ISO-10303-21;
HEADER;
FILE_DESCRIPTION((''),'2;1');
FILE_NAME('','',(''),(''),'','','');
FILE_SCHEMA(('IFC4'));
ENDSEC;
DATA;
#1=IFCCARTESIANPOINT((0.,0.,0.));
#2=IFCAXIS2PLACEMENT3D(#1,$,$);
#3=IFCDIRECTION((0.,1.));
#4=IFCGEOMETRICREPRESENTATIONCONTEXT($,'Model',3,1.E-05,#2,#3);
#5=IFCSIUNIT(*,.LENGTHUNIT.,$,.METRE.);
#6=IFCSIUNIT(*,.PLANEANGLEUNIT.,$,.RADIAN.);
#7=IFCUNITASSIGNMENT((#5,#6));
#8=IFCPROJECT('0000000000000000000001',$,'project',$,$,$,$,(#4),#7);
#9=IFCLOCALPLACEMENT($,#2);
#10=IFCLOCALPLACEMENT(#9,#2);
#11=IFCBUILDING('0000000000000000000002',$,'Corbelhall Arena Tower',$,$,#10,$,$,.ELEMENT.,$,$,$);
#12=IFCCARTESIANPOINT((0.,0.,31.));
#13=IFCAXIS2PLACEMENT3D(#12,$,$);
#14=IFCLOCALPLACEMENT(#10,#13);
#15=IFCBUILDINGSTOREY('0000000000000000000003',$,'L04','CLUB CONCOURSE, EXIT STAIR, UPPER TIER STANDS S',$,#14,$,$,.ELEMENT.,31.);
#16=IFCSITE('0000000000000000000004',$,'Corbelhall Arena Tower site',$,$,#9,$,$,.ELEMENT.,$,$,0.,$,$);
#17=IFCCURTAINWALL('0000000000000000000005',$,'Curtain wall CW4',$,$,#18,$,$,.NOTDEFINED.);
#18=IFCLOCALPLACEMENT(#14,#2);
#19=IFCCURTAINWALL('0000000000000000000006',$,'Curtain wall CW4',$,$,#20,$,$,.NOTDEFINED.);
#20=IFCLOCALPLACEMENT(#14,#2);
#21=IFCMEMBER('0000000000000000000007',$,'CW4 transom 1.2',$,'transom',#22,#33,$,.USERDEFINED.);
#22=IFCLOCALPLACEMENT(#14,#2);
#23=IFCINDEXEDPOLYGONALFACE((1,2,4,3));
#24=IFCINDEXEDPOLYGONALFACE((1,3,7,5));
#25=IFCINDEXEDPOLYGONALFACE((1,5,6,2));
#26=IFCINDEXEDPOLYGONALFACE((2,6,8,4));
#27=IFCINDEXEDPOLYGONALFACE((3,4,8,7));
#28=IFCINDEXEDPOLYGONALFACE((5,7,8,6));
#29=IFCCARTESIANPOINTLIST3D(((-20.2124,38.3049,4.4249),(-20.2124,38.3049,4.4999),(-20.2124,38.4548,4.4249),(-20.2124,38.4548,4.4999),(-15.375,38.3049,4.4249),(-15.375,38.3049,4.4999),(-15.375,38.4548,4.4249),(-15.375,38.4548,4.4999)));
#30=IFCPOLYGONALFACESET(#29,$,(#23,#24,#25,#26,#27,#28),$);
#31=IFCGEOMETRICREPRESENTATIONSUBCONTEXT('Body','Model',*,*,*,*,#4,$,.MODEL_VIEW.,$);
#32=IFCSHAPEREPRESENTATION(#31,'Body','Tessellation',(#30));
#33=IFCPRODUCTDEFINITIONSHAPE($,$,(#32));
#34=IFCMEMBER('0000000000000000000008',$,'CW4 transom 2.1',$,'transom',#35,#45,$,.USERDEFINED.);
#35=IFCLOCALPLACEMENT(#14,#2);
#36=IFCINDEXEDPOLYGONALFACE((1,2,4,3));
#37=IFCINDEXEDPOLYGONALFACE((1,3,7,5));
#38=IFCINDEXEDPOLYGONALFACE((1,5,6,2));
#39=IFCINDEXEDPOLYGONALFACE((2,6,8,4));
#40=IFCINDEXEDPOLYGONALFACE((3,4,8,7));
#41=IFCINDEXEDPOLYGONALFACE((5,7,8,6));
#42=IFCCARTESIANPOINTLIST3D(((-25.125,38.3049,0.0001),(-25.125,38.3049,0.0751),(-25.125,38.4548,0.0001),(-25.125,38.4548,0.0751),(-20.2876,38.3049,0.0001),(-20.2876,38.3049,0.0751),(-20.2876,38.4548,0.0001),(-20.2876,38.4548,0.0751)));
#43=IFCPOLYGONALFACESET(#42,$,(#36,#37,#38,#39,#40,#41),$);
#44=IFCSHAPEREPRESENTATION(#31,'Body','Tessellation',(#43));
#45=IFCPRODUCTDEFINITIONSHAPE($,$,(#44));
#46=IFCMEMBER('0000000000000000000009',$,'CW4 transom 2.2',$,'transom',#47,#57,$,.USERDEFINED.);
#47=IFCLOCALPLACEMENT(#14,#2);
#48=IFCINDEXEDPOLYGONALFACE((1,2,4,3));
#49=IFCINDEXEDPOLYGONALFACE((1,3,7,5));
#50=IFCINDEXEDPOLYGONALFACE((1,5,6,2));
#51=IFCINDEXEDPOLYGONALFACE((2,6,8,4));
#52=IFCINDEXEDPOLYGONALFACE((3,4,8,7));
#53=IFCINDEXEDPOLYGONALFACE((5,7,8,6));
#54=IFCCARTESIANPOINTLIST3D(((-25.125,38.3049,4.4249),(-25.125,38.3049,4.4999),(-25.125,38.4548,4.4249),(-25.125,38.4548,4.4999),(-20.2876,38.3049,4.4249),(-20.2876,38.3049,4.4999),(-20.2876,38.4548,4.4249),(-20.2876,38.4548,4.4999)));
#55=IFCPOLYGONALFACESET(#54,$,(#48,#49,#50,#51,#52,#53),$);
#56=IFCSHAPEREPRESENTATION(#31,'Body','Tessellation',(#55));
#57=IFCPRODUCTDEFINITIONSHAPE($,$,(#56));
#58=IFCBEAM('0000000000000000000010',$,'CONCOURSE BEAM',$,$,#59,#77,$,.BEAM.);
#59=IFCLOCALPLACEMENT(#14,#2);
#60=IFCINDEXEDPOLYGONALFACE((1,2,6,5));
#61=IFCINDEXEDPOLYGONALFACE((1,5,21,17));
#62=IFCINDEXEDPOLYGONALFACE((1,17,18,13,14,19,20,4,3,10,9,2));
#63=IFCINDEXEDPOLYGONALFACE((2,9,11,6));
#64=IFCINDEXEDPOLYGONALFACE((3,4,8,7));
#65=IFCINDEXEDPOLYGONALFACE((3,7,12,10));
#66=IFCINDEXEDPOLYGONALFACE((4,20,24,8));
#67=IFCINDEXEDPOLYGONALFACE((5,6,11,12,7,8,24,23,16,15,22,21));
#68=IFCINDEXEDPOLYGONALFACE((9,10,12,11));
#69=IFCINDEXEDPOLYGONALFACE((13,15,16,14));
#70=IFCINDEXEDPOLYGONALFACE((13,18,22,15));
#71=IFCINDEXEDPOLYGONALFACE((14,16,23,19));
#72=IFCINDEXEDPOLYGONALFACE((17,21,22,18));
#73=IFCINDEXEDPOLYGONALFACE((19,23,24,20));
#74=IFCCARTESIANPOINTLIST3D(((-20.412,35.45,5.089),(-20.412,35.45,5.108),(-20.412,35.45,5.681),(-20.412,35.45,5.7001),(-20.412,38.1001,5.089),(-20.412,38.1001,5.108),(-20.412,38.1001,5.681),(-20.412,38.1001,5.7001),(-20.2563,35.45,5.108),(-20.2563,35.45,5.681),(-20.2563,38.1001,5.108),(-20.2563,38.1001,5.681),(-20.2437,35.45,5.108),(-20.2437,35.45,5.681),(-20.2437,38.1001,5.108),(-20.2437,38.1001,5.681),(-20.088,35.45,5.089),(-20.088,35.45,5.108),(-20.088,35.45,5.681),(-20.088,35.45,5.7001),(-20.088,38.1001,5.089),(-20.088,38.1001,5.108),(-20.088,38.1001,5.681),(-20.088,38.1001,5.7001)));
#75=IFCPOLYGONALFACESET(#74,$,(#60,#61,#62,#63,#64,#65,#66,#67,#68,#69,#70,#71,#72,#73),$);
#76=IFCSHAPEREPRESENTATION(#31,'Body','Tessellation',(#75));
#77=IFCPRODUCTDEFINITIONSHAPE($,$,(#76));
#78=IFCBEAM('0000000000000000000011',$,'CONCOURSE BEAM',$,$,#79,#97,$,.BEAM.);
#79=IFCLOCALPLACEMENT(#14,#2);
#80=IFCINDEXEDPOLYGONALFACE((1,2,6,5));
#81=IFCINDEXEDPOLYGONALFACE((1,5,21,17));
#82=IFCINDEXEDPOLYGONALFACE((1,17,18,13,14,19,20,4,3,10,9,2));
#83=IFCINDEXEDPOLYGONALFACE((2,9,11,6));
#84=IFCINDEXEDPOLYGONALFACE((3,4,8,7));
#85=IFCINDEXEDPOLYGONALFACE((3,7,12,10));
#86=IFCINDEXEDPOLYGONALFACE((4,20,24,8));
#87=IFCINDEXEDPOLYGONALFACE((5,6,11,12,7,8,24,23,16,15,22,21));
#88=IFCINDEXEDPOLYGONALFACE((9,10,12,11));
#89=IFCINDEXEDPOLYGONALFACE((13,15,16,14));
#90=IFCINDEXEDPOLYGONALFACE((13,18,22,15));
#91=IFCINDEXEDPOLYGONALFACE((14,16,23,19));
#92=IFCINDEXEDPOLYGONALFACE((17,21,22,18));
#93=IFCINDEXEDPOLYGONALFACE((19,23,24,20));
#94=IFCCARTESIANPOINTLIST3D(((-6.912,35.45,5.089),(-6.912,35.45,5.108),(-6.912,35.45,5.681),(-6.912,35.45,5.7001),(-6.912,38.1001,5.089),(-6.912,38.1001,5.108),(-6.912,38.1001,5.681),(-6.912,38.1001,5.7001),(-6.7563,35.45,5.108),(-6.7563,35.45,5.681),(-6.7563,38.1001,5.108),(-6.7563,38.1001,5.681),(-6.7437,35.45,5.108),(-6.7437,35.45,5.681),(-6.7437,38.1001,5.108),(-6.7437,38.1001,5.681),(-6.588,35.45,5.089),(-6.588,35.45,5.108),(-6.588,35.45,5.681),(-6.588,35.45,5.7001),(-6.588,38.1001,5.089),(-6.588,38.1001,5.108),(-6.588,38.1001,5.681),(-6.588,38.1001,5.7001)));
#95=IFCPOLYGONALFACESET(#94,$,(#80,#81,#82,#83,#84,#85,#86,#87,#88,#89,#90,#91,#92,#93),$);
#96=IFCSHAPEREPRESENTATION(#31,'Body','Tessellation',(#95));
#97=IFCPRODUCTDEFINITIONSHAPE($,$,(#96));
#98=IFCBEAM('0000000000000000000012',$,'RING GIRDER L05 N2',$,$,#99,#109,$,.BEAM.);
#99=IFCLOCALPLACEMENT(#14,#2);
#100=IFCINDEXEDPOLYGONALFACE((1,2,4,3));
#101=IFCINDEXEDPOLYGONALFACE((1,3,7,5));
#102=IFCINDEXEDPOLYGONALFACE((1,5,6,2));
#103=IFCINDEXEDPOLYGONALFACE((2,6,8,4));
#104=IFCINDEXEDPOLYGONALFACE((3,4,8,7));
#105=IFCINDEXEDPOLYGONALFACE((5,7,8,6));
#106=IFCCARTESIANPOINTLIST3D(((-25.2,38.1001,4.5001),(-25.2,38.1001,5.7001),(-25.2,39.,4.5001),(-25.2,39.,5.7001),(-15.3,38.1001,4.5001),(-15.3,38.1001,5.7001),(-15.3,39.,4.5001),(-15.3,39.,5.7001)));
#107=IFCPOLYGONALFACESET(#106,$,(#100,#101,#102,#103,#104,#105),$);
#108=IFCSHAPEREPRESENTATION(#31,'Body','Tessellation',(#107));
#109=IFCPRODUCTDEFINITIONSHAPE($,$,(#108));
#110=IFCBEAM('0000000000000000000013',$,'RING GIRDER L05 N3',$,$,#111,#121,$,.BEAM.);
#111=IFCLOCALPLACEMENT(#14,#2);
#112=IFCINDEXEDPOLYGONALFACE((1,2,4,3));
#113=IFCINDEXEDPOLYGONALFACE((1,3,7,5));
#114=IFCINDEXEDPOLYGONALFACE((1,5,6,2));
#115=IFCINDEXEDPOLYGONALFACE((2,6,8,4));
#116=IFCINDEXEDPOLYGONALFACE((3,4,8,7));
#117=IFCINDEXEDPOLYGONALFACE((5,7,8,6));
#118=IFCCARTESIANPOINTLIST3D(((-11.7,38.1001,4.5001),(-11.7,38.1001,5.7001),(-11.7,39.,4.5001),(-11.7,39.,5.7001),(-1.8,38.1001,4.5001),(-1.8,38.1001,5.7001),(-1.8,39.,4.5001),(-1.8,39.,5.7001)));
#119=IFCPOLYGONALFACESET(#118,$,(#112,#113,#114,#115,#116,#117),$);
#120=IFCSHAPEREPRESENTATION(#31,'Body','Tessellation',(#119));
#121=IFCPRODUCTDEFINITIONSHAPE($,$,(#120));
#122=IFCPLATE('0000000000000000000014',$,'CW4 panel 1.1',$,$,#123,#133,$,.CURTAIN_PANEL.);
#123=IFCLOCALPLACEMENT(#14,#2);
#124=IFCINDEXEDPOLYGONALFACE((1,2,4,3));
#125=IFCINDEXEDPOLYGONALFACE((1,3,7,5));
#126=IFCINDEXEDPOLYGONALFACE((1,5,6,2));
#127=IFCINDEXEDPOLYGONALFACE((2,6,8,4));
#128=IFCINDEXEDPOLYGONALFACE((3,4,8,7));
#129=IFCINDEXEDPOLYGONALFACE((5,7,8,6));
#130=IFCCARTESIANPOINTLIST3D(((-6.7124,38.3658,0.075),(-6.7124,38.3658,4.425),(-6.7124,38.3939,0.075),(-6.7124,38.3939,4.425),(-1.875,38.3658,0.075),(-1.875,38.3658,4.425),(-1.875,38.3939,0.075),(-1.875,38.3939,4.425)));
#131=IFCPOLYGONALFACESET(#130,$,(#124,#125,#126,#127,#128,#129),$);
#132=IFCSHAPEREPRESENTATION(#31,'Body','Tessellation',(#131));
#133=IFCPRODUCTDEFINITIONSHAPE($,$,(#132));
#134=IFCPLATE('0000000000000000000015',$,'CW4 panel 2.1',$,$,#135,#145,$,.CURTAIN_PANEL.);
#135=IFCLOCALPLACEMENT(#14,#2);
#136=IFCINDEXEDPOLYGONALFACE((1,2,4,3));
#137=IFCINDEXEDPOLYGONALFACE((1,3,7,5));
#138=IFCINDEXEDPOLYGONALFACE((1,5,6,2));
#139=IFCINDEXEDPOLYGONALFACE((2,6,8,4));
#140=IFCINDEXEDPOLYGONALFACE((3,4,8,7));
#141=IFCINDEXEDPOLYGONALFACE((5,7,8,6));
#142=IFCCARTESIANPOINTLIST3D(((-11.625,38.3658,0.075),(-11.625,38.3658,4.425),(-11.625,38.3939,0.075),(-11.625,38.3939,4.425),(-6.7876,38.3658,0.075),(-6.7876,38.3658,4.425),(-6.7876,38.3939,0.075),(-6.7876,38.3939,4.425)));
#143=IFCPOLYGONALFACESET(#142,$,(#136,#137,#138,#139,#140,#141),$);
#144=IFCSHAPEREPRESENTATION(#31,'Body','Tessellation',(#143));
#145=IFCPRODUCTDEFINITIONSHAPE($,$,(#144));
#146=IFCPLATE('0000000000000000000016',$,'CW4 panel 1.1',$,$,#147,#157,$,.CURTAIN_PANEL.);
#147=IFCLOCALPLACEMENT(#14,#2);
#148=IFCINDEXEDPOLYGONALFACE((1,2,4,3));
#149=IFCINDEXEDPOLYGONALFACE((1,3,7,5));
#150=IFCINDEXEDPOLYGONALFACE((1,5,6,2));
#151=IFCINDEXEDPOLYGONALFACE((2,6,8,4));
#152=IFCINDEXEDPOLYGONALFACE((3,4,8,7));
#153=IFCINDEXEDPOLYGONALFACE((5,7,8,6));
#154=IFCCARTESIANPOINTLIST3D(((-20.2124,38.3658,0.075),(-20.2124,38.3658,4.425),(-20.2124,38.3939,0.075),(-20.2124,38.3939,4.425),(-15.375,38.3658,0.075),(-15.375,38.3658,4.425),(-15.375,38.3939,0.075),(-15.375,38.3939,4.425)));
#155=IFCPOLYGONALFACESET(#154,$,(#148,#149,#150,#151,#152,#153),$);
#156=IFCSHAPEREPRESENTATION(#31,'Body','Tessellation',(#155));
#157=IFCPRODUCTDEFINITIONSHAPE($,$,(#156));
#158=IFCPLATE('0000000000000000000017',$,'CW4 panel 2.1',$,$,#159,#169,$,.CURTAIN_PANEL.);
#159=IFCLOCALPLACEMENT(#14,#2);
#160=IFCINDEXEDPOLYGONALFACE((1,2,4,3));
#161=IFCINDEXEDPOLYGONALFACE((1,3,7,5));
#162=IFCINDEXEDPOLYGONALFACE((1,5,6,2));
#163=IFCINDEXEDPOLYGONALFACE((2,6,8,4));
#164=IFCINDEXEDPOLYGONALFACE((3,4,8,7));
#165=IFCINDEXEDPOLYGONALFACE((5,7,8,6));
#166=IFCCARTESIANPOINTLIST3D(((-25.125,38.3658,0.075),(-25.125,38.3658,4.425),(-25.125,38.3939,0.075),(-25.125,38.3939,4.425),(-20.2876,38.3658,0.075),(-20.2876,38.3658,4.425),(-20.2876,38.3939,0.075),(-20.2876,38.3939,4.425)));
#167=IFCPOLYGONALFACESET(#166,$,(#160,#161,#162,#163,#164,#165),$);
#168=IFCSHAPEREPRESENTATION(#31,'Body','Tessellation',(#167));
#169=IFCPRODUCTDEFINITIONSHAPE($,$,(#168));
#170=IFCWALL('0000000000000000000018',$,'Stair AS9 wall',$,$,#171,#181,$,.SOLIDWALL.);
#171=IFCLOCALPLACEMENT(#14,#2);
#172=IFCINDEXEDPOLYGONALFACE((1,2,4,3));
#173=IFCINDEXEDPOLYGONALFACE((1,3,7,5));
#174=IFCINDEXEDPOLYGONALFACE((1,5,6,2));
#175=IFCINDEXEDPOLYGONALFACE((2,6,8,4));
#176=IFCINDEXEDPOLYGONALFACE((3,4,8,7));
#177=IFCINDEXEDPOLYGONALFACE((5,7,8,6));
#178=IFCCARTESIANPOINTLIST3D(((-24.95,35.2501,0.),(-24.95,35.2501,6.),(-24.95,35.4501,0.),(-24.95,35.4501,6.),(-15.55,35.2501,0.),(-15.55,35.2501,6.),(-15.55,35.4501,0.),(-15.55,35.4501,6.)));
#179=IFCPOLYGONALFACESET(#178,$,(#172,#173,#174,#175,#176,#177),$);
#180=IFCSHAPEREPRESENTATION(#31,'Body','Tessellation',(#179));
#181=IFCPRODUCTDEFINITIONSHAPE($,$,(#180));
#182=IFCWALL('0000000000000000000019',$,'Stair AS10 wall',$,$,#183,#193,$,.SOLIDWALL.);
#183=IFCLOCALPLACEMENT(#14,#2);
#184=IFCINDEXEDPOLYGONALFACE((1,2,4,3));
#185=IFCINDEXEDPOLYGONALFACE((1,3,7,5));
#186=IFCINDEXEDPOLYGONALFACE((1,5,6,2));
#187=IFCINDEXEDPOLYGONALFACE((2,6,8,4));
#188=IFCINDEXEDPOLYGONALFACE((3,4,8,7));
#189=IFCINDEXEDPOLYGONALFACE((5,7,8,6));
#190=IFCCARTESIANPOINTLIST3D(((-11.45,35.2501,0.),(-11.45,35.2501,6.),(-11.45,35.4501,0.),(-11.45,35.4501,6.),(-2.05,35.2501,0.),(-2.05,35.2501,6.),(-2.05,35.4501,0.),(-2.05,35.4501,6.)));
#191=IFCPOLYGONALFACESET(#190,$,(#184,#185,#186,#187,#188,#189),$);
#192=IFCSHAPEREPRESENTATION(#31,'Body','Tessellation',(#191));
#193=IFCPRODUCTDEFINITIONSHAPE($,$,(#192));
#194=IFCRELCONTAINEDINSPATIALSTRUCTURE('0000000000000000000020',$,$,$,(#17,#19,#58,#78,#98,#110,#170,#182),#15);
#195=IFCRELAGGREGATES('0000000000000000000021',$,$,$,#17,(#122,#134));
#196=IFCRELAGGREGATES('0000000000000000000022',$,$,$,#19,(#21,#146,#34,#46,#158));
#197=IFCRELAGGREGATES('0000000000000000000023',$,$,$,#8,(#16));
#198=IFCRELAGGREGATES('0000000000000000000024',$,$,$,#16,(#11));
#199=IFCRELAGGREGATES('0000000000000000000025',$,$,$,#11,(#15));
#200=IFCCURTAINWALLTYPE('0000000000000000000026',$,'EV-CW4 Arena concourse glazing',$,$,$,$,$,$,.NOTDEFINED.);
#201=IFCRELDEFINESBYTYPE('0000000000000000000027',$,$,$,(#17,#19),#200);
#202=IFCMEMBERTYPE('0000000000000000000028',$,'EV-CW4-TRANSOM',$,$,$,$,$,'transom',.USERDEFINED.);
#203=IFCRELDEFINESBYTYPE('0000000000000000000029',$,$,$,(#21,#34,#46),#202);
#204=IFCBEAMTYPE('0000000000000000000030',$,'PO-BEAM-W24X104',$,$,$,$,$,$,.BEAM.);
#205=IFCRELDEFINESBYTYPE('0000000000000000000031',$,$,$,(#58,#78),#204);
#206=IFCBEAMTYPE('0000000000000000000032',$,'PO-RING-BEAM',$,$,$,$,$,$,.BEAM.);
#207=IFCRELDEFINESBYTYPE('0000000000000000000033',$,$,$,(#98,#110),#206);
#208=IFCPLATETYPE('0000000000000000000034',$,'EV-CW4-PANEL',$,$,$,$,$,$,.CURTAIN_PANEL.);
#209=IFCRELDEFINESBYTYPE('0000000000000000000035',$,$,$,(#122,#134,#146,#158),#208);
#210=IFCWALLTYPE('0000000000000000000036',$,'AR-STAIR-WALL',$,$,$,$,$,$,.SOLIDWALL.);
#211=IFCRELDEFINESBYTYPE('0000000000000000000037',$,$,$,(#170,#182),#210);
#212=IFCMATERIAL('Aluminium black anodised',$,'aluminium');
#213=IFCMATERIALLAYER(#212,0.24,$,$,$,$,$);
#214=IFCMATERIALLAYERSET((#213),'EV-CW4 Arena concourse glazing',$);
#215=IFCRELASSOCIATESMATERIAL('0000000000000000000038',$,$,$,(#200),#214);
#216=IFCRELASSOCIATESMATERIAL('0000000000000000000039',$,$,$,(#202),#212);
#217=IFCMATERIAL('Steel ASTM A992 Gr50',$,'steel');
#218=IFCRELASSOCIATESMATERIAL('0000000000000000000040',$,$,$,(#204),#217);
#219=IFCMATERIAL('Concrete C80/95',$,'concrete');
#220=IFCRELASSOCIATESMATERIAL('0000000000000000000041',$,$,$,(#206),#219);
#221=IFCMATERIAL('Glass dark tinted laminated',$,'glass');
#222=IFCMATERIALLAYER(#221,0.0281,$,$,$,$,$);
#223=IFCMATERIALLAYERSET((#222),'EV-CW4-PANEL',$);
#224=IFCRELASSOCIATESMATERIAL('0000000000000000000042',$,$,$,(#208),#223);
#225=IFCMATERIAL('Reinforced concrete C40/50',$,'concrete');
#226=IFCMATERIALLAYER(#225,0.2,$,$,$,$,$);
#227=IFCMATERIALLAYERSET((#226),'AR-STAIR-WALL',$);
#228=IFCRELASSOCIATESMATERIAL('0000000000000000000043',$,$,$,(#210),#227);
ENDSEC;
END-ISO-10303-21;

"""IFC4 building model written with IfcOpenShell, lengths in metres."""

from ifc_helpers import new_model, si_unit, direction, frame, frame_2d, origin, origin_2d, place, context, subcontext, project, spatial, rectangle, i_section, extrude, material, layer, layer_set, material_profile, profile_set, type_object, element, aggregate, save


model = new_model("IFC4")

# Units and contexts
model_context = context("Model", 3, precision=1e-05, world=origin(), true_north=direction((0.0, 1.0)))
body_context = subcontext(model_context, "Body", "Model", "MODEL_VIEW")
ifc_project = project(units=[si_unit("LENGTHUNIT", "METRE"), si_unit("PLANEANGLEUNIT", "RADIAN")], contexts=[model_context])

# Site, building, storey
site_placement = place(None, origin())
site = spatial("IfcSite", under=ifc_project, at=site_placement, Name="Corbelhall Arena Tower site", CompositionType="ELEMENT", RefElevation=0.0)
building_placement = place(site_placement, origin())
building = spatial("IfcBuilding", under=site, at=building_placement, Name="Corbelhall Arena Tower", CompositionType="ELEMENT")
storey_placement = place(building_placement, frame((0.0, 0.0, 31.0)))
storey = spatial("IfcBuildingStorey", under=building, at=storey_placement, Name="L04", Description="CLUB CONCOURSE, EXIT STAIR, UPPER TIER STANDS S", CompositionType="ELEMENT", Elevation=31.0)

# Shared definitions
ifc_material_1 = material(Name="Concrete C80/95", Category="concrete")

# Curtain walls
ifc_material_2 = material(Name="Aluminium black anodised", Category="aluminium")
ifc_layer_1 = layer(ifc_material_2, 0.24)
ifc_layer_set_1 = layer_set([ifc_layer_1], Name="EV-CW4 Arena concourse glazing")
curtain_wall_type = type_object("IfcCurtainWallType", Name="EV-CW4 Arena concourse glazing", PredefinedType="NOTDEFINED", material=ifc_layer_set_1)
curtain_wall_1_placement = place(storey_placement, origin())
curtain_wall_1 = element("IfcCurtainWall", 1, at=curtain_wall_1_placement, inside=storey, type_object=curtain_wall_type, Name="Curtain wall CW4", PredefinedType="NOTDEFINED")
curtain_wall_2_placement = place(storey_placement, origin())
curtain_wall_2 = element("IfcCurtainWall", 2, at=curtain_wall_2_placement, inside=storey, type_object=curtain_wall_type, Name="Curtain wall CW4", PredefinedType="NOTDEFINED")

# Members
ifc_material_profile_1 = material_profile(ifc_material_2, rectangle(XDim=0.1499, YDim=0.075, at=origin_2d()))
ifc_profile_set_1 = profile_set([ifc_material_profile_1], Name="Aluminium black anodised")
member_type_1 = type_object("IfcMemberType", Name="EV-CW4-TRANSOM", ElementType="transom", PredefinedType="USERDEFINED", material=ifc_profile_set_1)
member_1_placement = place(storey_placement, frame((-15.375, 38.3799, 4.4624), z_axis=(-1.0, 0.0, 0.0), x_axis=(0.0, -1.0, 0.0)))
member_1 = element("IfcMember", 3, at=member_1_placement, type_object=member_type_1, Name="CW4 transom 1.2", ObjectType="transom", PredefinedType="USERDEFINED", context=body_context, shape_type="SweptSolid", body=[
    extrude(rectangle(XDim=0.1499, YDim=0.075, at=origin_2d()), origin(), (0.0, 0.0, 1.0), 4.8374),
])
member_2_placement = place(storey_placement, frame((-20.2876, 38.3799, 0.0376), z_axis=(-1.0, 0.0, 0.0), x_axis=(0.0, -1.0, 0.0)))
member_2 = element("IfcMember", 4, at=member_2_placement, type_object=member_type_1, Name="CW4 transom 2.1", ObjectType="transom", PredefinedType="USERDEFINED", context=body_context, shape_type="SweptSolid", body=[
    extrude(rectangle(XDim=0.1499, YDim=0.075, at=origin_2d()), origin(), (0.0, 0.0, 1.0), 4.8374),
])
member_3_placement = place(storey_placement, frame((-20.2876, 38.3799, 4.4624), z_axis=(-1.0, 0.0, 0.0), x_axis=(0.0, -1.0, 0.0)))
member_3 = element("IfcMember", 5, at=member_3_placement, type_object=member_type_1, Name="CW4 transom 2.2", ObjectType="transom", PredefinedType="USERDEFINED", context=body_context, shape_type="SweptSolid", body=[
    extrude(rectangle(XDim=0.1499, YDim=0.075, at=origin_2d()), origin(), (0.0, 0.0, 1.0), 4.8374),
])

# Beams
ifc_material_3 = material(Name="Steel ASTM A992 Gr50", Category="steel")
ifc_material_profile_2 = material_profile(ifc_material_3, i_section(OverallWidth=0.324, OverallDepth=0.6111, WebThickness=0.0127, FlangeThickness=0.019, at=origin_2d()))
ifc_profile_set_2 = profile_set([ifc_material_profile_2], Name="Steel ASTM A992 Gr50")
beam_type_1 = type_object("IfcBeamType", Name="PO-BEAM-W24X104", PredefinedType="BEAM", material=ifc_profile_set_2)
for number, where, z_axis, x_axis, name in (
    (6, (-20.25, 35.45, 5.3945), (0.0, 1.0, 0.0), (-1.0, 0.0, 0.0), "CONCOURSE BEAM"),
    (7, (-6.75, 35.45, 5.3945), (0.0, 1.0, 0.0), (-1.0, 0.0, 0.0), "CONCOURSE BEAM"),
):
    element("IfcBeam", number, at=place(storey_placement, frame(where, z_axis=z_axis, x_axis=x_axis)), inside=storey, type_object=beam_type_1, Name=name, PredefinedType="BEAM", context=body_context, shape_type="SweptSolid", body=[
        extrude(i_section(OverallWidth=0.324, OverallDepth=0.6111, WebThickness=0.0127, FlangeThickness=0.019, at=origin_2d()), origin(), (0.0, 0.0, 1.0), 2.6501),
    ])
ifc_material_profile_3 = material_profile(ifc_material_1, rectangle(XDim=0.8999, YDim=1.2, at=origin_2d()))
ifc_profile_set_3 = profile_set([ifc_material_profile_3], Name="Concrete C80/95")
beam_type_2 = type_object("IfcBeamType", Name="PO-RING-BEAM", PredefinedType="BEAM", material=ifc_profile_set_3)
for number, where, z_axis, x_axis, name in (
    (8, (-25.2, 38.55, 5.1001), (1.0, 0.0, 0.0), (0.0, 1.0, 0.0), "RING GIRDER L05 N2"),
    (9, (-11.7, 38.55, 5.1001), (1.0, 0.0, 0.0), (0.0, 1.0, 0.0), "RING GIRDER L05 N3"),
):
    element("IfcBeam", number, at=place(storey_placement, frame(where, z_axis=z_axis, x_axis=x_axis)), inside=storey, type_object=beam_type_2, Name=name, PredefinedType="BEAM", context=body_context, shape_type="SweptSolid", body=[
        extrude(rectangle(XDim=0.8999, YDim=1.2, at=origin_2d()), origin(), (0.0, 0.0, 1.0), 9.8999),
    ])

# Plates
ifc_material_4 = material(Name="Glass dark tinted laminated", Category="glass")
ifc_layer_2 = layer(ifc_material_4, 0.0281)
ifc_layer_set_2 = layer_set([ifc_layer_2], Name="EV-CW4-PANEL")
plate_type = type_object("IfcPlateType", Name="EV-CW4-PANEL", PredefinedType="CURTAIN_PANEL", material=ifc_layer_set_2)
plate_1_placement = place(storey_placement, frame((-4.2937, 38.3799, 0.075), z_axis=(0.0, 0.0, 1.0), x_axis=(-1.0, 0.0, 0.0)))
plate_1 = element("IfcPlate", 10, at=plate_1_placement, type_object=plate_type, Name="CW4 panel 1.1", PredefinedType="CURTAIN_PANEL", context=body_context, shape_type="SweptSolid", body=[
    extrude(rectangle(XDim=4.8374, YDim=0.0281, at=origin_2d()), origin(), (0.0, 0.0, 1.0), 4.3501),
])
plate_2_placement = place(storey_placement, frame((-9.2063, 38.3799, 0.075), z_axis=(0.0, 0.0, 1.0), x_axis=(-1.0, 0.0, 0.0)))
plate_2 = element("IfcPlate", 11, at=plate_2_placement, type_object=plate_type, Name="CW4 panel 2.1", PredefinedType="CURTAIN_PANEL", context=body_context, shape_type="SweptSolid", body=[
    extrude(rectangle(XDim=4.8374, YDim=0.0281, at=origin_2d()), origin(), (0.0, 0.0, 1.0), 4.3501),
])
aggregate(curtain_wall_1, [plate_1, plate_2])
plate_3_placement = place(storey_placement, frame((-17.7937, 38.3799, 0.075), z_axis=(0.0, 0.0, 1.0), x_axis=(-1.0, 0.0, 0.0)))
plate_3 = element("IfcPlate", 12, at=plate_3_placement, type_object=plate_type, Name="CW4 panel 1.1", PredefinedType="CURTAIN_PANEL", context=body_context, shape_type="SweptSolid", body=[
    extrude(rectangle(XDim=4.8374, YDim=0.0281, at=origin_2d()), origin(), (0.0, 0.0, 1.0), 4.3501),
])
plate_4_placement = place(storey_placement, frame((-22.7063, 38.3799, 0.075), z_axis=(0.0, 0.0, 1.0), x_axis=(-1.0, 0.0, 0.0)))
plate_4 = element("IfcPlate", 13, at=plate_4_placement, type_object=plate_type, Name="CW4 panel 2.1", PredefinedType="CURTAIN_PANEL", context=body_context, shape_type="SweptSolid", body=[
    extrude(rectangle(XDim=4.8374, YDim=0.0281, at=origin_2d()), origin(), (0.0, 0.0, 1.0), 4.3501),
])
aggregate(curtain_wall_2, [member_1, plate_3, member_2, member_3, plate_4])

# Walls
ifc_material_5 = material(Name="Reinforced concrete C40/50", Category="concrete")
ifc_layer_3 = layer(ifc_material_5, 0.2)
ifc_layer_set_3 = layer_set([ifc_layer_3], Name="AR-STAIR-WALL")
wall_type = type_object("IfcWallType", Name="AR-STAIR-WALL", PredefinedType="SOLIDWALL", material=ifc_layer_set_3)
for number, where, z_axis, x_axis, name in (
    (14, (-24.95, 35.3501, 0.0), (0.0, 0.0, 1.0), (1.0, 0.0, 0.0), "Stair AS9 wall"),
    (15, (-11.45, 35.3501, 0.0), (0.0, 0.0, 1.0), (1.0, 0.0, 0.0), "Stair AS10 wall"),
):
    element("IfcWall", number, at=place(storey_placement, frame(where, z_axis=z_axis, x_axis=x_axis)), inside=storey, type_object=wall_type, Name=name, PredefinedType="SOLIDWALL", context=body_context, shape_type="SweptSolid", body=[
        extrude(rectangle(XDim=9.3999, YDim=0.2, at=frame_2d((4.7, 0.0))), origin(), (0.0, 0.0, 1.0), 6.0),
    ])

save(model, "model.ifc")
